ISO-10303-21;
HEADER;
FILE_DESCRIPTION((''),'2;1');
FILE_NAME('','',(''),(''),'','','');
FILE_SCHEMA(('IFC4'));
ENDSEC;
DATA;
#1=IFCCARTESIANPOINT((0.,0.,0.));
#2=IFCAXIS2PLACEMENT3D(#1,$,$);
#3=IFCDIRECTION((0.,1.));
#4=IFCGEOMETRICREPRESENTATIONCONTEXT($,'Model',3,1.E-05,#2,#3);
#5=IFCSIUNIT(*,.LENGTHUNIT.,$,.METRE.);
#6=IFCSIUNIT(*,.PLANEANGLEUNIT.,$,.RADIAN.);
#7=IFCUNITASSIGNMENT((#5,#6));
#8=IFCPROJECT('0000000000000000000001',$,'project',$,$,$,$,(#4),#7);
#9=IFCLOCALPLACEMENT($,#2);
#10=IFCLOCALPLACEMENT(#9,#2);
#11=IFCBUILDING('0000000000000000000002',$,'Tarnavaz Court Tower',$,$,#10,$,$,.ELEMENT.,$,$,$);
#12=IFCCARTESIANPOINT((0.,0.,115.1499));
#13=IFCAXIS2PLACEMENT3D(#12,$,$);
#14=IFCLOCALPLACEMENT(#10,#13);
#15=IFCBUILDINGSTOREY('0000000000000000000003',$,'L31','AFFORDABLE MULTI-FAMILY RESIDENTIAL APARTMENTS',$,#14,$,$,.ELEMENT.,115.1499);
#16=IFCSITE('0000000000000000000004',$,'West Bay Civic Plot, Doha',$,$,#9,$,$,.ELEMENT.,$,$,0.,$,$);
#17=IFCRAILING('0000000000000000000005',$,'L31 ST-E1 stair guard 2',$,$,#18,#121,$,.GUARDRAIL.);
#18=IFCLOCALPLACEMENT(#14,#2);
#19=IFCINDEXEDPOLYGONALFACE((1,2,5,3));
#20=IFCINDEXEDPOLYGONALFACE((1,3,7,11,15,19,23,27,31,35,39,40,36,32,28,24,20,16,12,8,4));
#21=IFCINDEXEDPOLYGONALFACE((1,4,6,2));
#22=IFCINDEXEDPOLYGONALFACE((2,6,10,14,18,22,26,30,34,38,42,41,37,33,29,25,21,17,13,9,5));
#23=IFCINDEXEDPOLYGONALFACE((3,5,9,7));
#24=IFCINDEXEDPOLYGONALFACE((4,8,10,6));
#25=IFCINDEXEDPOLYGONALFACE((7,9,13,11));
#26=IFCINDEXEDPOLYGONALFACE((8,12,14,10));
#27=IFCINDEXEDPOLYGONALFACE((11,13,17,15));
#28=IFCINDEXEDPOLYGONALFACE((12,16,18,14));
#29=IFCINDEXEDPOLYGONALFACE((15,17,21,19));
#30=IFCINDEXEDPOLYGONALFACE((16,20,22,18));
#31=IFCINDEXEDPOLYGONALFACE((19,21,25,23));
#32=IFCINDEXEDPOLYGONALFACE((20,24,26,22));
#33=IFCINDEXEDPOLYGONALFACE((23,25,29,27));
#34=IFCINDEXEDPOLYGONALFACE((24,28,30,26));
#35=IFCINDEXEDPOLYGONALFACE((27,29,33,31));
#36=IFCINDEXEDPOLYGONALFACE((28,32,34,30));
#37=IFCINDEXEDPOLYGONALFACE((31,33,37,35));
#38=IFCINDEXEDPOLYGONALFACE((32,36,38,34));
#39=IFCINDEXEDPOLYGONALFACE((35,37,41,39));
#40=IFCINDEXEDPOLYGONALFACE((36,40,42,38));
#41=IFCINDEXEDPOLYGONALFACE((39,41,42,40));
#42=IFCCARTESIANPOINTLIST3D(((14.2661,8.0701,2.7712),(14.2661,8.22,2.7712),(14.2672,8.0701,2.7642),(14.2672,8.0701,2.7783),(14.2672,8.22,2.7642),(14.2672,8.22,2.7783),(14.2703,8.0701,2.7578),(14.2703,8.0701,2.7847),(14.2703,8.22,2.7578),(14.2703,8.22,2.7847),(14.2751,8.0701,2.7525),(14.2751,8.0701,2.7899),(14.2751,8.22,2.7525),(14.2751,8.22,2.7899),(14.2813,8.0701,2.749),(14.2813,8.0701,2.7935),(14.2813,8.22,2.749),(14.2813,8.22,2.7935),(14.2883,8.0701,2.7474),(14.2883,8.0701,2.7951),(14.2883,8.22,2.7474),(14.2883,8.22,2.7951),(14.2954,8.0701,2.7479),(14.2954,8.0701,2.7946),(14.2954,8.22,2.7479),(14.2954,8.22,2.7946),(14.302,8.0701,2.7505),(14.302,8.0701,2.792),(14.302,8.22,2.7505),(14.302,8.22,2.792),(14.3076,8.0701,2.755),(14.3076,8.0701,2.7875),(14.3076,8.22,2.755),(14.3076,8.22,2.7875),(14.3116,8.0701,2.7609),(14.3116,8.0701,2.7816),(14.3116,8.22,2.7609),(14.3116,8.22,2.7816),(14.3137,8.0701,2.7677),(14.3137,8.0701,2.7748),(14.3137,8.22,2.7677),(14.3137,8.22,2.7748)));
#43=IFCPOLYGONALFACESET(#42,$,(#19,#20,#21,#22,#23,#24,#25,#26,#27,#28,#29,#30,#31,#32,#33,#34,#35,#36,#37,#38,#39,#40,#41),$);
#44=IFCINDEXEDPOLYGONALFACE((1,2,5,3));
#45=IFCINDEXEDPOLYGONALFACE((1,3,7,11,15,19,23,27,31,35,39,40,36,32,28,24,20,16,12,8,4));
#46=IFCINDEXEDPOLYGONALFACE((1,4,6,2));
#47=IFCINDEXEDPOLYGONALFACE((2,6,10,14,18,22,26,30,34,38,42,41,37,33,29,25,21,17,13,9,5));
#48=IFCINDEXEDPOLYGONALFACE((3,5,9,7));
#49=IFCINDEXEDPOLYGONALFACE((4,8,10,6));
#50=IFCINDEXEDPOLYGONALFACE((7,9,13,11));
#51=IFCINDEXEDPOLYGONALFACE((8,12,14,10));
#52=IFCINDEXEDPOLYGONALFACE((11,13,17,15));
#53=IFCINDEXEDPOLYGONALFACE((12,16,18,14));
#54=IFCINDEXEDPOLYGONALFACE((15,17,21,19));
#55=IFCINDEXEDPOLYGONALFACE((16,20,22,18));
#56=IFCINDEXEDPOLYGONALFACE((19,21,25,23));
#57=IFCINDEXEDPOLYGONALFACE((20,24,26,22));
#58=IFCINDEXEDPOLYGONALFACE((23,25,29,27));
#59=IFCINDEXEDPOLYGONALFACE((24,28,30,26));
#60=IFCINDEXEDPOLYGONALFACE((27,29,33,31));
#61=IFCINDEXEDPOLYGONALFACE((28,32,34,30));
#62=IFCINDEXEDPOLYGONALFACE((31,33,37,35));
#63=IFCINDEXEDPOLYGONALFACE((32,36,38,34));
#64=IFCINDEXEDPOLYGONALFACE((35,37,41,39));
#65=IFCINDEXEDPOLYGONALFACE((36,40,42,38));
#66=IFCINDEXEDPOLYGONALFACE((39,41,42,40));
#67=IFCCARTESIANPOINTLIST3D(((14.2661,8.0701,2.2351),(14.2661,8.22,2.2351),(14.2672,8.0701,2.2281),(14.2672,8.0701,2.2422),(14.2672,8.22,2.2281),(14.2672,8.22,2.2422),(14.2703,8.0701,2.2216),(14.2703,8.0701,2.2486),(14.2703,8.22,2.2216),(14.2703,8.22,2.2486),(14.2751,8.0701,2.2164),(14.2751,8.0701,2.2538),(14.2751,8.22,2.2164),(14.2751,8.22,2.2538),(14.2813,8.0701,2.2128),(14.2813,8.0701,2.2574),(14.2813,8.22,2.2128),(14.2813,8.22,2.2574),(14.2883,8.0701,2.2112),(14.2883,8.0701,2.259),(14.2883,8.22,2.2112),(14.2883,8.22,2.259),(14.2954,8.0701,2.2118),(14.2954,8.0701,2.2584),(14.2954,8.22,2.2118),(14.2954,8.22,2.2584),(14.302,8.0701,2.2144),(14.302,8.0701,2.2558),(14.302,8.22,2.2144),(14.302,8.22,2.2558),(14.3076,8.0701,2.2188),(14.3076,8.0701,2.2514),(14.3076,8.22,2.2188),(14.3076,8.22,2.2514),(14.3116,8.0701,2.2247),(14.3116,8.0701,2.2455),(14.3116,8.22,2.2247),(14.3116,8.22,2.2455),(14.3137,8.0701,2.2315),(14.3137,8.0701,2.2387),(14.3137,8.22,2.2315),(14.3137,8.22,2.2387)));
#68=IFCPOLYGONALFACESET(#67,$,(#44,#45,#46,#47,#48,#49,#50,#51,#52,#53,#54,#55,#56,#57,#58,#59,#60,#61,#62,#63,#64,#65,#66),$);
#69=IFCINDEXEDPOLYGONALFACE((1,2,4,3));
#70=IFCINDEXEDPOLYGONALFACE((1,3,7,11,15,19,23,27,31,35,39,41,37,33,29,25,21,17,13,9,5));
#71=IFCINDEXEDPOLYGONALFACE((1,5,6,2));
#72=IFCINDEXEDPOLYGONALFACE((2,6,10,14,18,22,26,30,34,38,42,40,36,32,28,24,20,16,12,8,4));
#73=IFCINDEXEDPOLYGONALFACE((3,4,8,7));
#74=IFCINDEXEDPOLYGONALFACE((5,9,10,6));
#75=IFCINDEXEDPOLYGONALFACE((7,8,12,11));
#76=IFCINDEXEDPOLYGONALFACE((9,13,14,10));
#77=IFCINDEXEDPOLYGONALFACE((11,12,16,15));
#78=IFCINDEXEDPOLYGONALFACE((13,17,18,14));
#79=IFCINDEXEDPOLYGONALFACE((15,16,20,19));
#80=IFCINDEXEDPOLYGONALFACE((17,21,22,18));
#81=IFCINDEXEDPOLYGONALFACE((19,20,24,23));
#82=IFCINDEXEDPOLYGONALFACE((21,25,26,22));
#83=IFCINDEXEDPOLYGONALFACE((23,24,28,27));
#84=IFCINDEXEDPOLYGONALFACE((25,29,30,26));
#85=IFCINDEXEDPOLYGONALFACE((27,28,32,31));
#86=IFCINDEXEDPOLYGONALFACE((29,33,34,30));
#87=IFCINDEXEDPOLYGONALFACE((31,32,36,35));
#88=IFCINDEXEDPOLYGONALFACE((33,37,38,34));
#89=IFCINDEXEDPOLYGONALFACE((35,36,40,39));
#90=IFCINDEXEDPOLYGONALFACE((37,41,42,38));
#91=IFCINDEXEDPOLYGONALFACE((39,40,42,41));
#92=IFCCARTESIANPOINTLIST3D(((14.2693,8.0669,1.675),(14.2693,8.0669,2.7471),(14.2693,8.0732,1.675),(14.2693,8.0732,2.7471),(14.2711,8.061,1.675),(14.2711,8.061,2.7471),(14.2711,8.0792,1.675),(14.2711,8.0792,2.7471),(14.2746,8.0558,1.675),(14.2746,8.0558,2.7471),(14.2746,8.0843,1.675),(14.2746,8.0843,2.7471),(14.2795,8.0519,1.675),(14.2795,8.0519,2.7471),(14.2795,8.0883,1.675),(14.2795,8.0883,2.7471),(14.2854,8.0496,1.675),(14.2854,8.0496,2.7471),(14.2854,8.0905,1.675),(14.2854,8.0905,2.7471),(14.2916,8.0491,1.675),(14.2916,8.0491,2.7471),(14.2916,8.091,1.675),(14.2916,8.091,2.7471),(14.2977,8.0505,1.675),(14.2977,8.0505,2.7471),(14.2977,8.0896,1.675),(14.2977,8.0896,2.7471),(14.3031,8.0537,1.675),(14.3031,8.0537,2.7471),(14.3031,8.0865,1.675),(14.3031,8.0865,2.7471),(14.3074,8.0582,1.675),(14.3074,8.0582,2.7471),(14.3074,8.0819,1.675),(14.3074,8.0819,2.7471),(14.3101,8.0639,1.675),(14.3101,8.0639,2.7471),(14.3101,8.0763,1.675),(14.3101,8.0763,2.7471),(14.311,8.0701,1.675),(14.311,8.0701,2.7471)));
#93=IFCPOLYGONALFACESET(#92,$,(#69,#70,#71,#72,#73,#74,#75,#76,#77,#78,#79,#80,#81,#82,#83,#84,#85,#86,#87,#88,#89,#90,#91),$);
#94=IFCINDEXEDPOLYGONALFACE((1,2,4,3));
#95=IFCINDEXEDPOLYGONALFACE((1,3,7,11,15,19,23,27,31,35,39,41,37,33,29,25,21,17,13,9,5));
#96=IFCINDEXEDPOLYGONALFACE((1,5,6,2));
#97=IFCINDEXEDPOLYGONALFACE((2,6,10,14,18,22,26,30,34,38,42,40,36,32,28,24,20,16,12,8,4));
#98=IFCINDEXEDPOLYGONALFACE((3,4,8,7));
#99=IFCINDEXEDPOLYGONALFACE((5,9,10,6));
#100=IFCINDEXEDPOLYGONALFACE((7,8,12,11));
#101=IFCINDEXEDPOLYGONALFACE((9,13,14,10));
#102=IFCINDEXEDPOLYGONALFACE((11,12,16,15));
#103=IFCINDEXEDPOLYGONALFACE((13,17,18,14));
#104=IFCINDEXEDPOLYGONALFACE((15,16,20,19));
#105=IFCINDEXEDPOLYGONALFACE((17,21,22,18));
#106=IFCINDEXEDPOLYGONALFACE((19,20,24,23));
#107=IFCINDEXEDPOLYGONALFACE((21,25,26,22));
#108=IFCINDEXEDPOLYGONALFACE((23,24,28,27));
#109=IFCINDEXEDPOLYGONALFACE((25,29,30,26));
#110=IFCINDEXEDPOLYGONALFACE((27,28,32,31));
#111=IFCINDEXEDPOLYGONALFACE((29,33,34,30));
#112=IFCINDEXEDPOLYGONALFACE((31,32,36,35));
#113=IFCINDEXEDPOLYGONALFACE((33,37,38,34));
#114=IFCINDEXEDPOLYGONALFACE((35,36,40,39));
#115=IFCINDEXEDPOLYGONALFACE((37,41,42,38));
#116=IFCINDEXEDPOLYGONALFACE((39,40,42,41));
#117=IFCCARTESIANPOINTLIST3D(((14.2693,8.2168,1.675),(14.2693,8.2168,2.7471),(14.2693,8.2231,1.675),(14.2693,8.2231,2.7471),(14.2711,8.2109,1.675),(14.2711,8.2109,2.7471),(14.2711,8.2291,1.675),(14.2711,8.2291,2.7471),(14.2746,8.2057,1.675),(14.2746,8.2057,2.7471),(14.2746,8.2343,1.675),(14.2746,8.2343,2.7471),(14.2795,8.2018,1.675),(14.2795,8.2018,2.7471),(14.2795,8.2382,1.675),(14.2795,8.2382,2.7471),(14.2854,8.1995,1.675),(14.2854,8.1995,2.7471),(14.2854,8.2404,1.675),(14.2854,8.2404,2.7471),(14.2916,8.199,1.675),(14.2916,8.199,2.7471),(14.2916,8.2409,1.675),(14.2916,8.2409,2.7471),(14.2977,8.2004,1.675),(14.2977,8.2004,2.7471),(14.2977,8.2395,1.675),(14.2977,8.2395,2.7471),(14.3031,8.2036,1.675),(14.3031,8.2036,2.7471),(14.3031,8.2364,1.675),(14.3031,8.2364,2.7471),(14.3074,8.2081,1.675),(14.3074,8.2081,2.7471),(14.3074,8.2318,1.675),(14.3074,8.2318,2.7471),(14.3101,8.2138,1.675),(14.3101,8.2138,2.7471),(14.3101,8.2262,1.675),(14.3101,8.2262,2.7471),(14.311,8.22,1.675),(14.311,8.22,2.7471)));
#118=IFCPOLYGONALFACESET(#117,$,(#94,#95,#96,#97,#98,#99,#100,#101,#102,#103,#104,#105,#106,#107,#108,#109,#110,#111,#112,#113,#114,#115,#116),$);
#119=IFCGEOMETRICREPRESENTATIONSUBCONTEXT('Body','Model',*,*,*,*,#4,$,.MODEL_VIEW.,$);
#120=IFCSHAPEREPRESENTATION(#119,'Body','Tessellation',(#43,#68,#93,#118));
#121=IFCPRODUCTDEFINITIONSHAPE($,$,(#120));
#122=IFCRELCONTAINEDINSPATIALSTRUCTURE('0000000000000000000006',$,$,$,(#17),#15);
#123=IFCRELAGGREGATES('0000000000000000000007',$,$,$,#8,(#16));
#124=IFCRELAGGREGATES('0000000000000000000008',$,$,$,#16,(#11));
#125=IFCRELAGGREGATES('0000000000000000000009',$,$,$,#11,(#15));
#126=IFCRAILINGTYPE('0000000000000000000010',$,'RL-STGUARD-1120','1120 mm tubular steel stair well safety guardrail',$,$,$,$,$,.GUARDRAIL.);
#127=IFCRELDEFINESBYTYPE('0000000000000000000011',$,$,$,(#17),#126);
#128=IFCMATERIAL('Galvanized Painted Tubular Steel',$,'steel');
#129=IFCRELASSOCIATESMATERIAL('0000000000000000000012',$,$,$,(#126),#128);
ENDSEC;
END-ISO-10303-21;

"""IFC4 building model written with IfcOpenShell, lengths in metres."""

from ifc_helpers import new_model, si_unit, direction, frame, origin, origin_2d, place, context, subcontext, project, spatial, circle, extrude, material, type_object, element, save


model = new_model("IFC4")

# Units and contexts
model_context = context("Model", 3, precision=1e-05, world=origin(), true_north=direction((0.0, 1.0)))
body_context = subcontext(model_context, "Body", "Model", "MODEL_VIEW")
ifc_project = project(units=[si_unit("LENGTHUNIT", "METRE"), si_unit("PLANEANGLEUNIT", "RADIAN")], contexts=[model_context])

# Site, building, storey
site_placement = place(None, origin())
site = spatial("IfcSite", under=ifc_project, at=site_placement, Name="West Bay Civic Plot, Doha", CompositionType="ELEMENT", RefElevation=0.0)
building_placement = place(site_placement, origin())
building = spatial("IfcBuilding", under=site, at=building_placement, Name="Tarnavaz Court Tower", CompositionType="ELEMENT")
storey_placement = place(building_placement, frame((0.0, 0.0, 115.1499)))
storey = spatial("IfcBuildingStorey", under=building, at=storey_placement, Name="L31", Description="AFFORDABLE MULTI-FAMILY RESIDENTIAL APARTMENTS", CompositionType="ELEMENT", Elevation=115.1499)

# Railing
ifc_material_1 = material(Name="Galvanized Painted Tubular Steel", Category="steel")
railing_type_1 = type_object("IfcRailingType", Name="RL-STGUARD-1120", Description="1120 mm tubular steel stair well safety guardrail", PredefinedType="GUARDRAIL", material=ifc_material_1)
railing_1_placement = place(storey_placement, frame((14.29, 8.0701, 1.675)))
element("IfcRailing", 1, at=railing_1_placement, inside=storey, type_object=railing_type_1, Name="L31 ST-E1 stair guard 2", PredefinedType="GUARDRAIL", context=body_context, shape_type="SweptSolid", body=[
    extrude(circle(Radius=0.0239, at=origin_2d()), frame((0.0, 0.0, 1.0962), z_axis=(0.0, 1.0, 0.0), x_axis=(-1.0, 0.0, 0.0)), (0.0, 0.0, 1.0), 0.1499),
    extrude(circle(Radius=0.0239, at=origin_2d()), frame((0.0, 0.0, 0.5601), z_axis=(0.0, 1.0, 0.0), x_axis=(-1.0, 0.0, 0.0)), (0.0, 0.0, 1.0), 0.1499),
    extrude(circle(Radius=0.021, at=origin_2d()), origin(), (0.0, 0.0, 1.0), 1.072),
    extrude(circle(Radius=0.021, at=origin_2d()), frame((0.0, 0.1499, 0.0)), (0.0, 0.0, 1.0), 1.072),
])

save(model, "model.ifc")
